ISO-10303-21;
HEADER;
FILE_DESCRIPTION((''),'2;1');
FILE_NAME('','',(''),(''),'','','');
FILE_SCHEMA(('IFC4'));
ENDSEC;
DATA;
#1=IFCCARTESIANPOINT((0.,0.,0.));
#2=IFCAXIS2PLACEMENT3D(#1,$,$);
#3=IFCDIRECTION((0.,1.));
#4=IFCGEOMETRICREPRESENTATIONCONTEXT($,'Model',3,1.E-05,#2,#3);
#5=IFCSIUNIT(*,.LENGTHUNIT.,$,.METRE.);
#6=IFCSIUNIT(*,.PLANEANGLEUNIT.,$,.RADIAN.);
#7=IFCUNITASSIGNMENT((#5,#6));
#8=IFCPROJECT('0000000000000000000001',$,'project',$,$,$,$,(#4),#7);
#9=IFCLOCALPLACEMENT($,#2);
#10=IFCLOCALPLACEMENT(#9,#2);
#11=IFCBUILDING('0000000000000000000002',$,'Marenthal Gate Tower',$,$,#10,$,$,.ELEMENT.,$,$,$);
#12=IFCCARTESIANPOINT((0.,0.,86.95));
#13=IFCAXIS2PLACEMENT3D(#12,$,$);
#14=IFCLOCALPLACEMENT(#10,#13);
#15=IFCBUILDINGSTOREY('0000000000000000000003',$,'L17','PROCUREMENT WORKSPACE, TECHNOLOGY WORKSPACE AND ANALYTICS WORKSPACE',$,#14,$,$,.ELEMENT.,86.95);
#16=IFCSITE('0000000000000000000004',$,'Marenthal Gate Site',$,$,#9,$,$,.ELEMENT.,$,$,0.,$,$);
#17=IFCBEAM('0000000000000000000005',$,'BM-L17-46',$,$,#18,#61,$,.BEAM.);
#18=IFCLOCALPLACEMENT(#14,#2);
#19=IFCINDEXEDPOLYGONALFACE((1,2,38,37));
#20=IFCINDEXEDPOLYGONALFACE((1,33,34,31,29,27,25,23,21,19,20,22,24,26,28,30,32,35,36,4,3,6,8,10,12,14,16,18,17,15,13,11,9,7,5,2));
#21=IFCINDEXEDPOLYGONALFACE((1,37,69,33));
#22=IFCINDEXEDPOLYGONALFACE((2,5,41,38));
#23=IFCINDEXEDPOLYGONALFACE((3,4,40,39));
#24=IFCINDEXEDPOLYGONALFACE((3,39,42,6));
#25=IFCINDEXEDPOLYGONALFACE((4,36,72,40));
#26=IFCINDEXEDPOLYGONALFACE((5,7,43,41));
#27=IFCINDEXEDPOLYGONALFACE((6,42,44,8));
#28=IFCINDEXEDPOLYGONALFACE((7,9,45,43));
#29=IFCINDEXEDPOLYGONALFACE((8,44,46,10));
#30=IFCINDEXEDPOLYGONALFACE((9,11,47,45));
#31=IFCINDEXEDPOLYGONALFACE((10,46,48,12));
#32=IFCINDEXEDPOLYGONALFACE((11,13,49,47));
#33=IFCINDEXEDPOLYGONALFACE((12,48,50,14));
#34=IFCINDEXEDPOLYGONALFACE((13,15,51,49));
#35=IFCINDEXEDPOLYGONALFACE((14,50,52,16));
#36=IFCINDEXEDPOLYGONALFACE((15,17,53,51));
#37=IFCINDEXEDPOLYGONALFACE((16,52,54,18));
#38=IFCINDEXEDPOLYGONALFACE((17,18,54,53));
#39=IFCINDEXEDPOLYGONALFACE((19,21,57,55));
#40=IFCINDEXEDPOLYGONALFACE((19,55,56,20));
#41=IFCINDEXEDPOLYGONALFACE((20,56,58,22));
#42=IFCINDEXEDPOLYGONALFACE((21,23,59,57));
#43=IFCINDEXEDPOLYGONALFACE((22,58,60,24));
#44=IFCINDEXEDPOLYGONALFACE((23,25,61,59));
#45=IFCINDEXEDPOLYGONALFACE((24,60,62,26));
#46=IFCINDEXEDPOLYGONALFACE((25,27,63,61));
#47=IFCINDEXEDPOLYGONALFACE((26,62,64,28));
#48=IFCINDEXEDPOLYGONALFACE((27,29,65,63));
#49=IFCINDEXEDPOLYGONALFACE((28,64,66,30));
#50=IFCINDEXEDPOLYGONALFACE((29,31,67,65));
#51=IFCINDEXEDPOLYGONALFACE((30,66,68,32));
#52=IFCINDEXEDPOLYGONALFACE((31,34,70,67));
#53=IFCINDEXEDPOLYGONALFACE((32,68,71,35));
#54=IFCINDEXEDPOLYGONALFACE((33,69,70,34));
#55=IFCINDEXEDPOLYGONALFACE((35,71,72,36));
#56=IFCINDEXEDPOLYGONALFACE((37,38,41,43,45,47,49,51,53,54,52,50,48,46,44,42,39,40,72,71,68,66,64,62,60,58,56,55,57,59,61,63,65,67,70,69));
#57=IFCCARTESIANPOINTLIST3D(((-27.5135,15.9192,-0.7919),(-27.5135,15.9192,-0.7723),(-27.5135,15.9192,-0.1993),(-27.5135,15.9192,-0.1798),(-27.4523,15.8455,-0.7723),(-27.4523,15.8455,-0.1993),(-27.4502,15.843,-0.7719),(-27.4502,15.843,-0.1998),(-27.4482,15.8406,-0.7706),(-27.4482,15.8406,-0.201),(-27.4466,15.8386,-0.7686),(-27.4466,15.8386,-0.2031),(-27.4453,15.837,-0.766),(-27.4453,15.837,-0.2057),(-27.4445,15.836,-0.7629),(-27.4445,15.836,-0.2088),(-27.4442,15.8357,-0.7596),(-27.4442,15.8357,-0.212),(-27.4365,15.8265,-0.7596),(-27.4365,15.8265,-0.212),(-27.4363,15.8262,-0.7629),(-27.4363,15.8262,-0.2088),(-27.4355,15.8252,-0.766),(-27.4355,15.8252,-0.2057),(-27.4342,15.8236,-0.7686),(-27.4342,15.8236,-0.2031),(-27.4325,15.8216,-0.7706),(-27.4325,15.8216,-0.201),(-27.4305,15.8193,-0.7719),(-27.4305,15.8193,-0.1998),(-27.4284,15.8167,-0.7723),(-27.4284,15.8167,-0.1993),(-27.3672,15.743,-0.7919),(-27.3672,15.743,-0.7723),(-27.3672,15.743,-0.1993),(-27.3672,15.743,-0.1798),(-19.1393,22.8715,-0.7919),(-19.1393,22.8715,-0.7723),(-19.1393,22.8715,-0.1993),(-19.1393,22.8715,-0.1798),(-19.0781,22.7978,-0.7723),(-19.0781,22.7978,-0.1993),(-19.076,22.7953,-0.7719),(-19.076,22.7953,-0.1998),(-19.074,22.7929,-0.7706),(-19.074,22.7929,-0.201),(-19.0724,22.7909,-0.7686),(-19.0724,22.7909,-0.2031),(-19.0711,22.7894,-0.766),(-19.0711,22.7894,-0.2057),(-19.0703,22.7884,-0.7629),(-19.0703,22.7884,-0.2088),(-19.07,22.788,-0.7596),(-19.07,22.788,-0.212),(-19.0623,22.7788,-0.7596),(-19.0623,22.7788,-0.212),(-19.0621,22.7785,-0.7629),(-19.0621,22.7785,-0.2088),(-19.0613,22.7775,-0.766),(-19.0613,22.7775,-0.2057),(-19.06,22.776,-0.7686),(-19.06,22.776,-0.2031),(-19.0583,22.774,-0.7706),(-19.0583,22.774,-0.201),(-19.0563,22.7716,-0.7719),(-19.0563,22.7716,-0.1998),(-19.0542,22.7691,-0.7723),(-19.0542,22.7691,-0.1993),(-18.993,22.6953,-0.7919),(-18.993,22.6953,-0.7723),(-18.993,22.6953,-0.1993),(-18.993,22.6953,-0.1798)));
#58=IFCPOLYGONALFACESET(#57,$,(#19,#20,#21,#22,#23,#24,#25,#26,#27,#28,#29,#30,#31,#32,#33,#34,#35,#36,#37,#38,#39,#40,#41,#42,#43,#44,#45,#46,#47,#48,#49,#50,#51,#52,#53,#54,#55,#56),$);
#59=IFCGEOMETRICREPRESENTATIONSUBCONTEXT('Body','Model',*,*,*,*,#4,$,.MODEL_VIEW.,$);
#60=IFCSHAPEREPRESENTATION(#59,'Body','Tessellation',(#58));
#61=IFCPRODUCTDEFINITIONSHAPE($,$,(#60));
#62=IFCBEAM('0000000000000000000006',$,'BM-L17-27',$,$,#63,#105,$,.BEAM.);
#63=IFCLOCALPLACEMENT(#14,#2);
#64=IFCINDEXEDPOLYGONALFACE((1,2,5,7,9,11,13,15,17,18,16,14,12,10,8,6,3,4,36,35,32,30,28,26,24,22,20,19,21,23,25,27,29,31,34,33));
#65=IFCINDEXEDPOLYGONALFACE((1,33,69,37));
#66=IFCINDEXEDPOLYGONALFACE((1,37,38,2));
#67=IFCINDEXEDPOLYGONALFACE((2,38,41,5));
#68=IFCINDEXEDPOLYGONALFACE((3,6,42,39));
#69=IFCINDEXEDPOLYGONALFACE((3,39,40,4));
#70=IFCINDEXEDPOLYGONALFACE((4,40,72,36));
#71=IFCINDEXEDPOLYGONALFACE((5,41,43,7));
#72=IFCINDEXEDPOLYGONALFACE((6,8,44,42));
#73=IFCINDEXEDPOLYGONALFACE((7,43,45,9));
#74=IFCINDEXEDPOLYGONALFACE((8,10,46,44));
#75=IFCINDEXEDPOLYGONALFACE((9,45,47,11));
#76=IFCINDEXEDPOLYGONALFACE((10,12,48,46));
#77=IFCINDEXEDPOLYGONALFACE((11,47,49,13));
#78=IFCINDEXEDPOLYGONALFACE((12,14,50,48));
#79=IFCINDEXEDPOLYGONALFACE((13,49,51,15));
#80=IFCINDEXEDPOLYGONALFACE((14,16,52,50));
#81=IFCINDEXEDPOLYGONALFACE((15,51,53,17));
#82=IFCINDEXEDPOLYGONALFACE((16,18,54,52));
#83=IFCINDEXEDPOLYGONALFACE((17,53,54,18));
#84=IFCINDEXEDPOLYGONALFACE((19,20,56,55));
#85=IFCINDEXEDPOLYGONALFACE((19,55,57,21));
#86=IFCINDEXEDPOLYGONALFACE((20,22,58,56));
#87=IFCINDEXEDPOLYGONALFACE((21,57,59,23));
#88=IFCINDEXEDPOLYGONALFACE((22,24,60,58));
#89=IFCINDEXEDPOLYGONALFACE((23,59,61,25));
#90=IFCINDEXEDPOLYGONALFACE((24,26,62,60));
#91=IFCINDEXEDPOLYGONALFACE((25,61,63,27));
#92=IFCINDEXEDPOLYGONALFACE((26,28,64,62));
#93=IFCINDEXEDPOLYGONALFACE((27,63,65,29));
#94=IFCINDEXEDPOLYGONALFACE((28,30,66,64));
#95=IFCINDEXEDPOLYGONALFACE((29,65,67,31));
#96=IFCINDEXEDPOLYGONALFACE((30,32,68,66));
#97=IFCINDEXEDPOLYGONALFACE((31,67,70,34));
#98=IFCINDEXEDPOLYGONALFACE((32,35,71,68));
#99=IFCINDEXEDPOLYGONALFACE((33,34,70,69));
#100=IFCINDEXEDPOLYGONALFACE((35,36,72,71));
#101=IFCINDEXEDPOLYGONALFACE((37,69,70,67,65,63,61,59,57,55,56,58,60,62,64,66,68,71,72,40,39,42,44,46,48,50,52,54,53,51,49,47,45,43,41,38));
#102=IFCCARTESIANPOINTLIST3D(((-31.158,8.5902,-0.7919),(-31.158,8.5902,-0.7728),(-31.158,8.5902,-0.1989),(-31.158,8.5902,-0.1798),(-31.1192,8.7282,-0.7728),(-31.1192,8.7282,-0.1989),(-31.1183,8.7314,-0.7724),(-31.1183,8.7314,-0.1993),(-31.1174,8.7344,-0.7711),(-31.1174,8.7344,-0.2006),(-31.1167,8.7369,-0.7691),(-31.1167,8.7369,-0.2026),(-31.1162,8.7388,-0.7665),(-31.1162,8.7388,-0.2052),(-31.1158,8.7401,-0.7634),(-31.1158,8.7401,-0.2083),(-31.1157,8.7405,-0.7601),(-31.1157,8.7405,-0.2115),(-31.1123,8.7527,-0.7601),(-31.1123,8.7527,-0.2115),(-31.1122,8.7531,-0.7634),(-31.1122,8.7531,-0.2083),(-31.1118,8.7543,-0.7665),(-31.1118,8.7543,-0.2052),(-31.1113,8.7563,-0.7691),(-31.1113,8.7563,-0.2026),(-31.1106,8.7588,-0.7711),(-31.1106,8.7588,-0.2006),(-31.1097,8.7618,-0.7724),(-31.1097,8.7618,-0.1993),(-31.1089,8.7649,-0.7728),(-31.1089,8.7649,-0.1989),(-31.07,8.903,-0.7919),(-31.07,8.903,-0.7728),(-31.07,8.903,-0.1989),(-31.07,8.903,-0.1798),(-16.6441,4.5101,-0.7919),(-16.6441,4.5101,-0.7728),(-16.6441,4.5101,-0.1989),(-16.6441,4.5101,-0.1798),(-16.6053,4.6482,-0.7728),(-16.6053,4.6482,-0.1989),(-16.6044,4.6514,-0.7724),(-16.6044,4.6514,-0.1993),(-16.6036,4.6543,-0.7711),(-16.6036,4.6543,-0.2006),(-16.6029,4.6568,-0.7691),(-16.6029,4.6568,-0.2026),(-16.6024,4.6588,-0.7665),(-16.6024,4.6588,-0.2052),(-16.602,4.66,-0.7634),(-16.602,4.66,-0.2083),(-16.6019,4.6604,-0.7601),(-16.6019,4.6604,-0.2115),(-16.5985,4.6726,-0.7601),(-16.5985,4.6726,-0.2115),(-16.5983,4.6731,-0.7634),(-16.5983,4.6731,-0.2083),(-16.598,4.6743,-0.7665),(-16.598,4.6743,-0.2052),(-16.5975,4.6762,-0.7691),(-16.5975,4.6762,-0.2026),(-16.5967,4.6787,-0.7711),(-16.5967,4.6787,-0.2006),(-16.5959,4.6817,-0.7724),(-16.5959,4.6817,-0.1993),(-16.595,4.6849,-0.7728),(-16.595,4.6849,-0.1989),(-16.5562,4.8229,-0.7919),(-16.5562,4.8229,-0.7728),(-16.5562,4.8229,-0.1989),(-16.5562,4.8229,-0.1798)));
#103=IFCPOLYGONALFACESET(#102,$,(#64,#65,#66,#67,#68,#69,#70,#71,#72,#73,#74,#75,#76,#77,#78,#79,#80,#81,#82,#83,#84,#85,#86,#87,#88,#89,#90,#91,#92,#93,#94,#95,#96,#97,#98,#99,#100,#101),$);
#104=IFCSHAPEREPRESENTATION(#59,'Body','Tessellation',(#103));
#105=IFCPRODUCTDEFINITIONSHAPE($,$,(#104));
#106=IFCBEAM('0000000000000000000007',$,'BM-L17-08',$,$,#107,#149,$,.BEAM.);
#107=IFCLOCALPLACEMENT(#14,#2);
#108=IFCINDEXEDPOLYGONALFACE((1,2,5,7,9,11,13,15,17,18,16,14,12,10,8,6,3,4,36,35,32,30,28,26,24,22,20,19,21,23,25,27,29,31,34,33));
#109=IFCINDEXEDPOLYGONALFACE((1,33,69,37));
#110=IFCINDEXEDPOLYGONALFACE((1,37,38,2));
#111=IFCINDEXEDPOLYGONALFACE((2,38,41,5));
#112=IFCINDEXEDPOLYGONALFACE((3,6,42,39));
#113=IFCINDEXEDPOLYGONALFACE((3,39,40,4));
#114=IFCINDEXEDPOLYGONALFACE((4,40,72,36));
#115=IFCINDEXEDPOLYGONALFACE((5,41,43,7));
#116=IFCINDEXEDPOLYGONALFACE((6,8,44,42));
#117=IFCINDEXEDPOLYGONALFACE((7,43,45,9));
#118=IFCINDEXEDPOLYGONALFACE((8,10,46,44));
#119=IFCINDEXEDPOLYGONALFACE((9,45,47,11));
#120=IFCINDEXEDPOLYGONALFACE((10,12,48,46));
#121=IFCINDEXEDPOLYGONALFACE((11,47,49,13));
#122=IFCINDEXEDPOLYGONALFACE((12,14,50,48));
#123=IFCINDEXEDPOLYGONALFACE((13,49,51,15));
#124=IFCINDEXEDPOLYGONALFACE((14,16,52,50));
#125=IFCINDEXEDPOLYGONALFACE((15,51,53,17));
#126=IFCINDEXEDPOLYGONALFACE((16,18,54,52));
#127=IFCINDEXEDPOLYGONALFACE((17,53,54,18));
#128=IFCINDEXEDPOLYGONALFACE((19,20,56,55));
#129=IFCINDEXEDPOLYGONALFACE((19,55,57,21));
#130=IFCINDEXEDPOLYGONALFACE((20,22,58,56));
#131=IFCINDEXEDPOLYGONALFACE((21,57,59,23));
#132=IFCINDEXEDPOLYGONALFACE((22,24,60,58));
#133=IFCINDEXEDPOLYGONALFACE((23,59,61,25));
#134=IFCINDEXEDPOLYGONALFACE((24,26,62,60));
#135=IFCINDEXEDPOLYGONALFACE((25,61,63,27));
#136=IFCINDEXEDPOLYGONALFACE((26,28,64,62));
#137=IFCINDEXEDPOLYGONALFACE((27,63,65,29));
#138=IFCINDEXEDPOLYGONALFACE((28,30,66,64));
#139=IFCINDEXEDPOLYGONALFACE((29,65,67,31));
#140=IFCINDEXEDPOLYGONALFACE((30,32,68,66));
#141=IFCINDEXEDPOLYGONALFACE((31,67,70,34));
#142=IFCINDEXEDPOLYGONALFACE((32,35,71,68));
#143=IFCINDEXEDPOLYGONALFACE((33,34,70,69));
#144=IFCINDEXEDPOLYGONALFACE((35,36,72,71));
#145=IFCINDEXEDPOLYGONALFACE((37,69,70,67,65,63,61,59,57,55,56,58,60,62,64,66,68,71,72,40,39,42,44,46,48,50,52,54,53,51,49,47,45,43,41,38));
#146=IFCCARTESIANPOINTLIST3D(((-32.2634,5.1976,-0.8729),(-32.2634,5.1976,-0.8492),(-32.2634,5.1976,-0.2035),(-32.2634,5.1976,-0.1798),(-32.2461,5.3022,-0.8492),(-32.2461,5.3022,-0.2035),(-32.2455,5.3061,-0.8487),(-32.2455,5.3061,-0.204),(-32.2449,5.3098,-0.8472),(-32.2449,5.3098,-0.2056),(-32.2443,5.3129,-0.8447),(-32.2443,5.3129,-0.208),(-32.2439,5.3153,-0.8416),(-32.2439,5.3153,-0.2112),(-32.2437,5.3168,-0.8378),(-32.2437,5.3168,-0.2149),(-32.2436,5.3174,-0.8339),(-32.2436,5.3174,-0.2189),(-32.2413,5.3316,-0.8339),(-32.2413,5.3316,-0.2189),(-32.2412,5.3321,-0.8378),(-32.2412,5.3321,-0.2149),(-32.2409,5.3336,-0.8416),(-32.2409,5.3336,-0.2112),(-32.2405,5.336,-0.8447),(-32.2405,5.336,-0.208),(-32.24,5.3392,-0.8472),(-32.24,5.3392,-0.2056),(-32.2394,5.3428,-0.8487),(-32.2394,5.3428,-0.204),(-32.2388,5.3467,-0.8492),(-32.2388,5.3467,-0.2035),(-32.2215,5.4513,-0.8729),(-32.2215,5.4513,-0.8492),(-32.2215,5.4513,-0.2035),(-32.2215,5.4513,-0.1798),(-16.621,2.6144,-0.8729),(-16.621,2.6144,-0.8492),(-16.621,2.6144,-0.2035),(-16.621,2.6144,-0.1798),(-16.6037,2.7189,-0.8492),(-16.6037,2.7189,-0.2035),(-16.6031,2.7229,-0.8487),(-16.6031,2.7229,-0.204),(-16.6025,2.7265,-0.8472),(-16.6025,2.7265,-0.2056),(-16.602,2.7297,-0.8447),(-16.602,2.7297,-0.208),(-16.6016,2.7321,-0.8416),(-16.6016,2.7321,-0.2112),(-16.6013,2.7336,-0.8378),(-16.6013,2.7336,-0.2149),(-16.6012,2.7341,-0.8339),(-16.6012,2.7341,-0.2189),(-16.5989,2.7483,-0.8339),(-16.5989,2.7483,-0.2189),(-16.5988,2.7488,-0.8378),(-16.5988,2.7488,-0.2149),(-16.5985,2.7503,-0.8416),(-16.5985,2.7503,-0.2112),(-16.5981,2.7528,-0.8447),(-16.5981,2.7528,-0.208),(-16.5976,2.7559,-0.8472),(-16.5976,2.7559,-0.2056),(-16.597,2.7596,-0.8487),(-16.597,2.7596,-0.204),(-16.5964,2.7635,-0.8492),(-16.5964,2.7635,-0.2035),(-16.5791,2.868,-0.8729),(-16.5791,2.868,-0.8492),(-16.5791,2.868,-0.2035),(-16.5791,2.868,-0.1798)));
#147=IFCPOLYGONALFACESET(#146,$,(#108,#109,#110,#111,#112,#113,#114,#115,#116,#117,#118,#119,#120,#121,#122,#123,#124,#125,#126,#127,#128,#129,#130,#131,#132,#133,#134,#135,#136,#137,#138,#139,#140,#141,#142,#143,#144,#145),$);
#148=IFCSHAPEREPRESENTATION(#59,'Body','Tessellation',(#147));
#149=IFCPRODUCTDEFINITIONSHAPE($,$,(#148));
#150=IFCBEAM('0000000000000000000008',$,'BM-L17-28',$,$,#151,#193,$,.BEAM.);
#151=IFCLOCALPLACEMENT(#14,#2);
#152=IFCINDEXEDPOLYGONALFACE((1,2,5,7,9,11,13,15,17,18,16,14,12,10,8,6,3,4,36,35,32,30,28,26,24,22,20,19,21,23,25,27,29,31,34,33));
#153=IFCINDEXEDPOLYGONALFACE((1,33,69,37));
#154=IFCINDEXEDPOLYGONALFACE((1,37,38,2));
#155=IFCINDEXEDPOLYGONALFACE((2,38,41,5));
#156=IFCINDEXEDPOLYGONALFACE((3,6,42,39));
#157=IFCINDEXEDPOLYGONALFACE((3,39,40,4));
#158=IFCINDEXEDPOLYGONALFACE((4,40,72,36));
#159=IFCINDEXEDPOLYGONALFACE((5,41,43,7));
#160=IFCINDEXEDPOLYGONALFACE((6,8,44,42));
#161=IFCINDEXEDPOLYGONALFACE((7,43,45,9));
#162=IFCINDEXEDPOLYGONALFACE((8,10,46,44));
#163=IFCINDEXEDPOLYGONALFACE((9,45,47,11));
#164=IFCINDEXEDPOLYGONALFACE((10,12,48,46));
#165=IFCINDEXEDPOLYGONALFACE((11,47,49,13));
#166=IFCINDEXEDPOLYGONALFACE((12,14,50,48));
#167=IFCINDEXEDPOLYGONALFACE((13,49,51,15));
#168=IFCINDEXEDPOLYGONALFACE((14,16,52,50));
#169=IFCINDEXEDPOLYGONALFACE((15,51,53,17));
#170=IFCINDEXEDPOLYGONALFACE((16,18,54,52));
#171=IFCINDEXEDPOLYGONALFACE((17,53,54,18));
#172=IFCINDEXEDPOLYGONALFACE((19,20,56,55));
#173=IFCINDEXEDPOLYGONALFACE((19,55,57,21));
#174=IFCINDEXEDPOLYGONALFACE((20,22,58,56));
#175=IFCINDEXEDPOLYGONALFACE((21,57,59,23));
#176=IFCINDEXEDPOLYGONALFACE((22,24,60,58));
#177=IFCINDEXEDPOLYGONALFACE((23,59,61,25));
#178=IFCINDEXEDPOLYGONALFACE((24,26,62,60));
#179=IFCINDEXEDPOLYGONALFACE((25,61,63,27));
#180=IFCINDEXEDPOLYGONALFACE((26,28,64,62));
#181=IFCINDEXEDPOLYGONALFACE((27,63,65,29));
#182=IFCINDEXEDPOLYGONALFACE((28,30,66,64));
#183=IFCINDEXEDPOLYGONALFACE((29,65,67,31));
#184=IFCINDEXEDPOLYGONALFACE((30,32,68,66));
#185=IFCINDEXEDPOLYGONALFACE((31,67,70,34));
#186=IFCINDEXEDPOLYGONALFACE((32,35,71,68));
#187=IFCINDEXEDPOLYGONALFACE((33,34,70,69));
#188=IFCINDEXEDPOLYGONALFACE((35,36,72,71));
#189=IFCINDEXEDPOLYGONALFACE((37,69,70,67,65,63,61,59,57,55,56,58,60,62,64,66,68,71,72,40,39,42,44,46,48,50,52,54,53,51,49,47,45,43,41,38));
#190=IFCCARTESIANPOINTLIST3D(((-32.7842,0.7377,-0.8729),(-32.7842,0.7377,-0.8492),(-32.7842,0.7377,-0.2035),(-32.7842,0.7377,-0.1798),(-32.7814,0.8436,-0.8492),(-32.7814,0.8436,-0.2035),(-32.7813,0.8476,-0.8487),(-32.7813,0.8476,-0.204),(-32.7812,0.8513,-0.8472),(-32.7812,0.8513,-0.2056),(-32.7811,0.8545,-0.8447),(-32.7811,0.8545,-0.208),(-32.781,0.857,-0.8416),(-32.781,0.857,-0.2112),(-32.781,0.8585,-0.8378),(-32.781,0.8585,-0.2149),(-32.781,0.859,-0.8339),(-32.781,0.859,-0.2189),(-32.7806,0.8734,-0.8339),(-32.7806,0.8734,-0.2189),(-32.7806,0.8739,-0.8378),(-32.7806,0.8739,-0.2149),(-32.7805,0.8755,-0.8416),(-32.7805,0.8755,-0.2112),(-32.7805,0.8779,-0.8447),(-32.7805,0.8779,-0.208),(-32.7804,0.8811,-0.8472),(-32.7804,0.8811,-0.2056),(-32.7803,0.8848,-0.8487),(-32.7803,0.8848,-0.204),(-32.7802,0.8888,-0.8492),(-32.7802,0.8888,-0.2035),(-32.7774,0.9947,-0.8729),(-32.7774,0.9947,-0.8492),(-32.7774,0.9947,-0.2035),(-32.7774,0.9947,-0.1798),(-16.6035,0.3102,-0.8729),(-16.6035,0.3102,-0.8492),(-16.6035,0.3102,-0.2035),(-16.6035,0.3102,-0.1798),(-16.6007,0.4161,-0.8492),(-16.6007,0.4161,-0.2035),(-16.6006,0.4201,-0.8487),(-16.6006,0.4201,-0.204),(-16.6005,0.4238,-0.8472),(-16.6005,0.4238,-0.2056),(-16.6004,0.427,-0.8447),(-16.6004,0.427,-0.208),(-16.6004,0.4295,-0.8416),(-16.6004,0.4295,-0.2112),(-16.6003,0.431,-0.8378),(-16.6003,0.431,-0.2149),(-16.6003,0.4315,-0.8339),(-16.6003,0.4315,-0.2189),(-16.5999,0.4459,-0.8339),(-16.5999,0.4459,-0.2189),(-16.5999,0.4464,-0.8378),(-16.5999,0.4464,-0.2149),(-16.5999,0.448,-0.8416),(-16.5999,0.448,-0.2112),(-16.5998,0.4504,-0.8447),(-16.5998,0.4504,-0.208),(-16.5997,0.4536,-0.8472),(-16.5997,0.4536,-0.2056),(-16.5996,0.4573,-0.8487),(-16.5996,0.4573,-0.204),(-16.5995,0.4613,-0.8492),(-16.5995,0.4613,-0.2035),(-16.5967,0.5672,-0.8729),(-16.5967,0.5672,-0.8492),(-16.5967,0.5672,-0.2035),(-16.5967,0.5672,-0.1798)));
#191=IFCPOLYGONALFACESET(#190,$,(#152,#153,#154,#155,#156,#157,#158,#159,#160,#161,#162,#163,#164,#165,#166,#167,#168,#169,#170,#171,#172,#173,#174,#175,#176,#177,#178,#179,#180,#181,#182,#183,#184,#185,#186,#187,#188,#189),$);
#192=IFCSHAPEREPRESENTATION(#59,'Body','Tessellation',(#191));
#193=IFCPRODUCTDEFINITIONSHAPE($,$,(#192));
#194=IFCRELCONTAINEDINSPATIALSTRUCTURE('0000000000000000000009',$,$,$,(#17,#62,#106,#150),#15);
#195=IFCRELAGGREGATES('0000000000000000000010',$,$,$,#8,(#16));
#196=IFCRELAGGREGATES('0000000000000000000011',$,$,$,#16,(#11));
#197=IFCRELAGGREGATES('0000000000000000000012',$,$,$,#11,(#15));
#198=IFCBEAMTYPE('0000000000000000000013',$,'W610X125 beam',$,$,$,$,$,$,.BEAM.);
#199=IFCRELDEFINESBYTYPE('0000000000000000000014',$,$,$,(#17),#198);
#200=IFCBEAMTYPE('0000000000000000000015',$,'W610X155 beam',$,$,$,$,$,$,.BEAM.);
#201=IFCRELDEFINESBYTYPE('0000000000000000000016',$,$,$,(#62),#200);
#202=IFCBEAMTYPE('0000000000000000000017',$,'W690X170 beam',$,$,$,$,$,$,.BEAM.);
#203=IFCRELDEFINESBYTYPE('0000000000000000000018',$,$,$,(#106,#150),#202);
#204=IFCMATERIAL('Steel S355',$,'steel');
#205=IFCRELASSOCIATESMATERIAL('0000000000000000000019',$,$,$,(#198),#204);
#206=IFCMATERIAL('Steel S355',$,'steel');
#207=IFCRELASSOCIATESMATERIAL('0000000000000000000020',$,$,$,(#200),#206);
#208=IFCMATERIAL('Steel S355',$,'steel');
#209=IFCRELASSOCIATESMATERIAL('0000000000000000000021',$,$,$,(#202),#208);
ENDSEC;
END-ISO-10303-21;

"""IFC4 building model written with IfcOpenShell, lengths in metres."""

from ifc_helpers import new_model, si_unit, direction, frame, origin, origin_2d, place, context, subcontext, project, spatial, i_section, extrude, material, material_profile, profile_set, type_object, element, save


model = new_model("IFC4")

# Units and contexts
model_context = context("Model", 3, precision=1e-05, world=origin(), true_north=direction((0.0, 1.0)))
body_context = subcontext(model_context, "Body", "Model", "MODEL_VIEW")
ifc_project = project(units=[si_unit("LENGTHUNIT", "METRE"), si_unit("PLANEANGLEUNIT", "RADIAN")], contexts=[model_context])

# Site, building, storey
site_placement = place(None, origin())
site = spatial("IfcSite", under=ifc_project, at=site_placement, Name="Marenthal Gate Site", CompositionType="ELEMENT", RefElevation=0.0)
building_placement = place(site_placement, origin())
building = spatial("IfcBuilding", under=site, at=building_placement, Name="Marenthal Gate Tower", CompositionType="ELEMENT")
storey_placement = place(building_placement, frame((0.0, 0.0, 86.95)))
storey = spatial("IfcBuildingStorey", under=building, at=storey_placement, Name="L17", Description="PROCUREMENT WORKSPACE, TECHNOLOGY WORKSPACE AND ANALYTICS WORKSPACE", CompositionType="ELEMENT", Elevation=86.95)

# Beams
ifc_material_1 = material(Name="Steel S355", Category="steel")
ifc_material_profile_1 = material_profile(ifc_material_1, i_section(OverallWidth=0.229, OverallDepth=0.6121, WebThickness=0.012, FlangeThickness=0.0195, FilletRadius=0.0127, at=origin_2d()), Name="W610X125")
ifc_profile_set_1 = profile_set([ifc_material_profile_1], Name="Steel S355")
beam_type_1 = type_object("IfcBeamType", Name="W610X125 beam", PredefinedType="BEAM", material=ifc_profile_set_1)
beam_1_placement = place(storey_placement, frame((-19.0662, 22.7834, -0.4858), z_axis=(-0.769402, -0.638765, 0.0), x_axis=(0.638765, -0.769402, 0.0)))
element("IfcBeam", 1, at=beam_1_placement, inside=storey, type_object=beam_type_1, Name="BM-L17-46", PredefinedType="BEAM", context=body_context, shape_type="SweptSolid", body=[
    extrude(i_section(OverallWidth=0.229, OverallDepth=0.6121, WebThickness=0.012, FlangeThickness=0.0195, FilletRadius=0.0127, at=origin_2d()), origin(), (0.0, 0.0, 1.0), 10.884),
])
ifc_material_2 = material(Name="Steel S355", Category="steel")
ifc_material_profile_2 = material_profile(ifc_material_2, i_section(OverallWidth=0.325, OverallDepth=0.6121, WebThickness=0.0127, FlangeThickness=0.019, FilletRadius=0.0127, at=origin_2d()), Name="W610X155")
ifc_profile_set_2 = profile_set([ifc_material_profile_2], Name="Steel S355")
beam_type_2 = type_object("IfcBeamType", Name="W610X155 beam", PredefinedType="BEAM", material=ifc_profile_set_2)
beam_2_placement = place(storey_placement, frame((-31.114, 8.7466, -0.4858), z_axis=(0.962685, -0.270625, 0.0), x_axis=(0.270625, 0.962685, 0.0)))
element("IfcBeam", 2, at=beam_2_placement, inside=storey, type_object=beam_type_2, Name="BM-L17-27", PredefinedType="BEAM", context=body_context, shape_type="SweptSolid", body=[
    extrude(i_section(OverallWidth=0.325, OverallDepth=0.6121, WebThickness=0.0127, FlangeThickness=0.019, FilletRadius=0.0127, at=origin_2d()), origin(), (0.0, 0.0, 1.0), 15.0764),
])
ifc_material_3 = material(Name="Steel S355", Category="steel")
ifc_material_profile_3 = material_profile(ifc_material_3, i_section(OverallWidth=0.2571, OverallDepth=0.6931, WebThickness=0.0144, FlangeThickness=0.0237, FilletRadius=0.0154, at=origin_2d()), Name="W690X170")
ifc_profile_set_3 = profile_set([ifc_material_profile_3], Name="Steel S355")
beam_type_3 = type_object("IfcBeamType", Name="W690X170 beam", PredefinedType="BEAM", material=ifc_profile_set_3)
beam_3_placement = place(storey_placement, frame((-32.2424, 5.3245, -0.5264), z_axis=(0.986636, -0.162938, 0.0), x_axis=(0.162938, 0.986636, 0.0)))
element("IfcBeam", 3, at=beam_3_placement, inside=storey, type_object=beam_type_3, Name="BM-L17-08", PredefinedType="BEAM", context=body_context, shape_type="SweptSolid", body=[
    extrude(i_section(OverallWidth=0.2571, OverallDepth=0.6931, WebThickness=0.0144, FlangeThickness=0.0237, FilletRadius=0.0154, at=origin_2d()), origin(), (0.0, 0.0, 1.0), 15.8542),
])
beam_4_placement = place(storey_placement, frame((-32.7808, 0.8662, -0.5264), z_axis=(0.999651, -0.026411, 0.0), x_axis=(0.026411, 0.999651, 0.0)))
element("IfcBeam", 4, at=beam_4_placement, inside=storey, type_object=beam_type_3, Name="BM-L17-28", PredefinedType="BEAM", context=body_context, shape_type="SweptSolid", body=[
    extrude(i_section(OverallWidth=0.2571, OverallDepth=0.6931, WebThickness=0.0144, FlangeThickness=0.0237, FilletRadius=0.0154, at=origin_2d()), origin(), (0.0, 0.0, 1.0), 16.1863),
])

save(model, "model.ifc")
